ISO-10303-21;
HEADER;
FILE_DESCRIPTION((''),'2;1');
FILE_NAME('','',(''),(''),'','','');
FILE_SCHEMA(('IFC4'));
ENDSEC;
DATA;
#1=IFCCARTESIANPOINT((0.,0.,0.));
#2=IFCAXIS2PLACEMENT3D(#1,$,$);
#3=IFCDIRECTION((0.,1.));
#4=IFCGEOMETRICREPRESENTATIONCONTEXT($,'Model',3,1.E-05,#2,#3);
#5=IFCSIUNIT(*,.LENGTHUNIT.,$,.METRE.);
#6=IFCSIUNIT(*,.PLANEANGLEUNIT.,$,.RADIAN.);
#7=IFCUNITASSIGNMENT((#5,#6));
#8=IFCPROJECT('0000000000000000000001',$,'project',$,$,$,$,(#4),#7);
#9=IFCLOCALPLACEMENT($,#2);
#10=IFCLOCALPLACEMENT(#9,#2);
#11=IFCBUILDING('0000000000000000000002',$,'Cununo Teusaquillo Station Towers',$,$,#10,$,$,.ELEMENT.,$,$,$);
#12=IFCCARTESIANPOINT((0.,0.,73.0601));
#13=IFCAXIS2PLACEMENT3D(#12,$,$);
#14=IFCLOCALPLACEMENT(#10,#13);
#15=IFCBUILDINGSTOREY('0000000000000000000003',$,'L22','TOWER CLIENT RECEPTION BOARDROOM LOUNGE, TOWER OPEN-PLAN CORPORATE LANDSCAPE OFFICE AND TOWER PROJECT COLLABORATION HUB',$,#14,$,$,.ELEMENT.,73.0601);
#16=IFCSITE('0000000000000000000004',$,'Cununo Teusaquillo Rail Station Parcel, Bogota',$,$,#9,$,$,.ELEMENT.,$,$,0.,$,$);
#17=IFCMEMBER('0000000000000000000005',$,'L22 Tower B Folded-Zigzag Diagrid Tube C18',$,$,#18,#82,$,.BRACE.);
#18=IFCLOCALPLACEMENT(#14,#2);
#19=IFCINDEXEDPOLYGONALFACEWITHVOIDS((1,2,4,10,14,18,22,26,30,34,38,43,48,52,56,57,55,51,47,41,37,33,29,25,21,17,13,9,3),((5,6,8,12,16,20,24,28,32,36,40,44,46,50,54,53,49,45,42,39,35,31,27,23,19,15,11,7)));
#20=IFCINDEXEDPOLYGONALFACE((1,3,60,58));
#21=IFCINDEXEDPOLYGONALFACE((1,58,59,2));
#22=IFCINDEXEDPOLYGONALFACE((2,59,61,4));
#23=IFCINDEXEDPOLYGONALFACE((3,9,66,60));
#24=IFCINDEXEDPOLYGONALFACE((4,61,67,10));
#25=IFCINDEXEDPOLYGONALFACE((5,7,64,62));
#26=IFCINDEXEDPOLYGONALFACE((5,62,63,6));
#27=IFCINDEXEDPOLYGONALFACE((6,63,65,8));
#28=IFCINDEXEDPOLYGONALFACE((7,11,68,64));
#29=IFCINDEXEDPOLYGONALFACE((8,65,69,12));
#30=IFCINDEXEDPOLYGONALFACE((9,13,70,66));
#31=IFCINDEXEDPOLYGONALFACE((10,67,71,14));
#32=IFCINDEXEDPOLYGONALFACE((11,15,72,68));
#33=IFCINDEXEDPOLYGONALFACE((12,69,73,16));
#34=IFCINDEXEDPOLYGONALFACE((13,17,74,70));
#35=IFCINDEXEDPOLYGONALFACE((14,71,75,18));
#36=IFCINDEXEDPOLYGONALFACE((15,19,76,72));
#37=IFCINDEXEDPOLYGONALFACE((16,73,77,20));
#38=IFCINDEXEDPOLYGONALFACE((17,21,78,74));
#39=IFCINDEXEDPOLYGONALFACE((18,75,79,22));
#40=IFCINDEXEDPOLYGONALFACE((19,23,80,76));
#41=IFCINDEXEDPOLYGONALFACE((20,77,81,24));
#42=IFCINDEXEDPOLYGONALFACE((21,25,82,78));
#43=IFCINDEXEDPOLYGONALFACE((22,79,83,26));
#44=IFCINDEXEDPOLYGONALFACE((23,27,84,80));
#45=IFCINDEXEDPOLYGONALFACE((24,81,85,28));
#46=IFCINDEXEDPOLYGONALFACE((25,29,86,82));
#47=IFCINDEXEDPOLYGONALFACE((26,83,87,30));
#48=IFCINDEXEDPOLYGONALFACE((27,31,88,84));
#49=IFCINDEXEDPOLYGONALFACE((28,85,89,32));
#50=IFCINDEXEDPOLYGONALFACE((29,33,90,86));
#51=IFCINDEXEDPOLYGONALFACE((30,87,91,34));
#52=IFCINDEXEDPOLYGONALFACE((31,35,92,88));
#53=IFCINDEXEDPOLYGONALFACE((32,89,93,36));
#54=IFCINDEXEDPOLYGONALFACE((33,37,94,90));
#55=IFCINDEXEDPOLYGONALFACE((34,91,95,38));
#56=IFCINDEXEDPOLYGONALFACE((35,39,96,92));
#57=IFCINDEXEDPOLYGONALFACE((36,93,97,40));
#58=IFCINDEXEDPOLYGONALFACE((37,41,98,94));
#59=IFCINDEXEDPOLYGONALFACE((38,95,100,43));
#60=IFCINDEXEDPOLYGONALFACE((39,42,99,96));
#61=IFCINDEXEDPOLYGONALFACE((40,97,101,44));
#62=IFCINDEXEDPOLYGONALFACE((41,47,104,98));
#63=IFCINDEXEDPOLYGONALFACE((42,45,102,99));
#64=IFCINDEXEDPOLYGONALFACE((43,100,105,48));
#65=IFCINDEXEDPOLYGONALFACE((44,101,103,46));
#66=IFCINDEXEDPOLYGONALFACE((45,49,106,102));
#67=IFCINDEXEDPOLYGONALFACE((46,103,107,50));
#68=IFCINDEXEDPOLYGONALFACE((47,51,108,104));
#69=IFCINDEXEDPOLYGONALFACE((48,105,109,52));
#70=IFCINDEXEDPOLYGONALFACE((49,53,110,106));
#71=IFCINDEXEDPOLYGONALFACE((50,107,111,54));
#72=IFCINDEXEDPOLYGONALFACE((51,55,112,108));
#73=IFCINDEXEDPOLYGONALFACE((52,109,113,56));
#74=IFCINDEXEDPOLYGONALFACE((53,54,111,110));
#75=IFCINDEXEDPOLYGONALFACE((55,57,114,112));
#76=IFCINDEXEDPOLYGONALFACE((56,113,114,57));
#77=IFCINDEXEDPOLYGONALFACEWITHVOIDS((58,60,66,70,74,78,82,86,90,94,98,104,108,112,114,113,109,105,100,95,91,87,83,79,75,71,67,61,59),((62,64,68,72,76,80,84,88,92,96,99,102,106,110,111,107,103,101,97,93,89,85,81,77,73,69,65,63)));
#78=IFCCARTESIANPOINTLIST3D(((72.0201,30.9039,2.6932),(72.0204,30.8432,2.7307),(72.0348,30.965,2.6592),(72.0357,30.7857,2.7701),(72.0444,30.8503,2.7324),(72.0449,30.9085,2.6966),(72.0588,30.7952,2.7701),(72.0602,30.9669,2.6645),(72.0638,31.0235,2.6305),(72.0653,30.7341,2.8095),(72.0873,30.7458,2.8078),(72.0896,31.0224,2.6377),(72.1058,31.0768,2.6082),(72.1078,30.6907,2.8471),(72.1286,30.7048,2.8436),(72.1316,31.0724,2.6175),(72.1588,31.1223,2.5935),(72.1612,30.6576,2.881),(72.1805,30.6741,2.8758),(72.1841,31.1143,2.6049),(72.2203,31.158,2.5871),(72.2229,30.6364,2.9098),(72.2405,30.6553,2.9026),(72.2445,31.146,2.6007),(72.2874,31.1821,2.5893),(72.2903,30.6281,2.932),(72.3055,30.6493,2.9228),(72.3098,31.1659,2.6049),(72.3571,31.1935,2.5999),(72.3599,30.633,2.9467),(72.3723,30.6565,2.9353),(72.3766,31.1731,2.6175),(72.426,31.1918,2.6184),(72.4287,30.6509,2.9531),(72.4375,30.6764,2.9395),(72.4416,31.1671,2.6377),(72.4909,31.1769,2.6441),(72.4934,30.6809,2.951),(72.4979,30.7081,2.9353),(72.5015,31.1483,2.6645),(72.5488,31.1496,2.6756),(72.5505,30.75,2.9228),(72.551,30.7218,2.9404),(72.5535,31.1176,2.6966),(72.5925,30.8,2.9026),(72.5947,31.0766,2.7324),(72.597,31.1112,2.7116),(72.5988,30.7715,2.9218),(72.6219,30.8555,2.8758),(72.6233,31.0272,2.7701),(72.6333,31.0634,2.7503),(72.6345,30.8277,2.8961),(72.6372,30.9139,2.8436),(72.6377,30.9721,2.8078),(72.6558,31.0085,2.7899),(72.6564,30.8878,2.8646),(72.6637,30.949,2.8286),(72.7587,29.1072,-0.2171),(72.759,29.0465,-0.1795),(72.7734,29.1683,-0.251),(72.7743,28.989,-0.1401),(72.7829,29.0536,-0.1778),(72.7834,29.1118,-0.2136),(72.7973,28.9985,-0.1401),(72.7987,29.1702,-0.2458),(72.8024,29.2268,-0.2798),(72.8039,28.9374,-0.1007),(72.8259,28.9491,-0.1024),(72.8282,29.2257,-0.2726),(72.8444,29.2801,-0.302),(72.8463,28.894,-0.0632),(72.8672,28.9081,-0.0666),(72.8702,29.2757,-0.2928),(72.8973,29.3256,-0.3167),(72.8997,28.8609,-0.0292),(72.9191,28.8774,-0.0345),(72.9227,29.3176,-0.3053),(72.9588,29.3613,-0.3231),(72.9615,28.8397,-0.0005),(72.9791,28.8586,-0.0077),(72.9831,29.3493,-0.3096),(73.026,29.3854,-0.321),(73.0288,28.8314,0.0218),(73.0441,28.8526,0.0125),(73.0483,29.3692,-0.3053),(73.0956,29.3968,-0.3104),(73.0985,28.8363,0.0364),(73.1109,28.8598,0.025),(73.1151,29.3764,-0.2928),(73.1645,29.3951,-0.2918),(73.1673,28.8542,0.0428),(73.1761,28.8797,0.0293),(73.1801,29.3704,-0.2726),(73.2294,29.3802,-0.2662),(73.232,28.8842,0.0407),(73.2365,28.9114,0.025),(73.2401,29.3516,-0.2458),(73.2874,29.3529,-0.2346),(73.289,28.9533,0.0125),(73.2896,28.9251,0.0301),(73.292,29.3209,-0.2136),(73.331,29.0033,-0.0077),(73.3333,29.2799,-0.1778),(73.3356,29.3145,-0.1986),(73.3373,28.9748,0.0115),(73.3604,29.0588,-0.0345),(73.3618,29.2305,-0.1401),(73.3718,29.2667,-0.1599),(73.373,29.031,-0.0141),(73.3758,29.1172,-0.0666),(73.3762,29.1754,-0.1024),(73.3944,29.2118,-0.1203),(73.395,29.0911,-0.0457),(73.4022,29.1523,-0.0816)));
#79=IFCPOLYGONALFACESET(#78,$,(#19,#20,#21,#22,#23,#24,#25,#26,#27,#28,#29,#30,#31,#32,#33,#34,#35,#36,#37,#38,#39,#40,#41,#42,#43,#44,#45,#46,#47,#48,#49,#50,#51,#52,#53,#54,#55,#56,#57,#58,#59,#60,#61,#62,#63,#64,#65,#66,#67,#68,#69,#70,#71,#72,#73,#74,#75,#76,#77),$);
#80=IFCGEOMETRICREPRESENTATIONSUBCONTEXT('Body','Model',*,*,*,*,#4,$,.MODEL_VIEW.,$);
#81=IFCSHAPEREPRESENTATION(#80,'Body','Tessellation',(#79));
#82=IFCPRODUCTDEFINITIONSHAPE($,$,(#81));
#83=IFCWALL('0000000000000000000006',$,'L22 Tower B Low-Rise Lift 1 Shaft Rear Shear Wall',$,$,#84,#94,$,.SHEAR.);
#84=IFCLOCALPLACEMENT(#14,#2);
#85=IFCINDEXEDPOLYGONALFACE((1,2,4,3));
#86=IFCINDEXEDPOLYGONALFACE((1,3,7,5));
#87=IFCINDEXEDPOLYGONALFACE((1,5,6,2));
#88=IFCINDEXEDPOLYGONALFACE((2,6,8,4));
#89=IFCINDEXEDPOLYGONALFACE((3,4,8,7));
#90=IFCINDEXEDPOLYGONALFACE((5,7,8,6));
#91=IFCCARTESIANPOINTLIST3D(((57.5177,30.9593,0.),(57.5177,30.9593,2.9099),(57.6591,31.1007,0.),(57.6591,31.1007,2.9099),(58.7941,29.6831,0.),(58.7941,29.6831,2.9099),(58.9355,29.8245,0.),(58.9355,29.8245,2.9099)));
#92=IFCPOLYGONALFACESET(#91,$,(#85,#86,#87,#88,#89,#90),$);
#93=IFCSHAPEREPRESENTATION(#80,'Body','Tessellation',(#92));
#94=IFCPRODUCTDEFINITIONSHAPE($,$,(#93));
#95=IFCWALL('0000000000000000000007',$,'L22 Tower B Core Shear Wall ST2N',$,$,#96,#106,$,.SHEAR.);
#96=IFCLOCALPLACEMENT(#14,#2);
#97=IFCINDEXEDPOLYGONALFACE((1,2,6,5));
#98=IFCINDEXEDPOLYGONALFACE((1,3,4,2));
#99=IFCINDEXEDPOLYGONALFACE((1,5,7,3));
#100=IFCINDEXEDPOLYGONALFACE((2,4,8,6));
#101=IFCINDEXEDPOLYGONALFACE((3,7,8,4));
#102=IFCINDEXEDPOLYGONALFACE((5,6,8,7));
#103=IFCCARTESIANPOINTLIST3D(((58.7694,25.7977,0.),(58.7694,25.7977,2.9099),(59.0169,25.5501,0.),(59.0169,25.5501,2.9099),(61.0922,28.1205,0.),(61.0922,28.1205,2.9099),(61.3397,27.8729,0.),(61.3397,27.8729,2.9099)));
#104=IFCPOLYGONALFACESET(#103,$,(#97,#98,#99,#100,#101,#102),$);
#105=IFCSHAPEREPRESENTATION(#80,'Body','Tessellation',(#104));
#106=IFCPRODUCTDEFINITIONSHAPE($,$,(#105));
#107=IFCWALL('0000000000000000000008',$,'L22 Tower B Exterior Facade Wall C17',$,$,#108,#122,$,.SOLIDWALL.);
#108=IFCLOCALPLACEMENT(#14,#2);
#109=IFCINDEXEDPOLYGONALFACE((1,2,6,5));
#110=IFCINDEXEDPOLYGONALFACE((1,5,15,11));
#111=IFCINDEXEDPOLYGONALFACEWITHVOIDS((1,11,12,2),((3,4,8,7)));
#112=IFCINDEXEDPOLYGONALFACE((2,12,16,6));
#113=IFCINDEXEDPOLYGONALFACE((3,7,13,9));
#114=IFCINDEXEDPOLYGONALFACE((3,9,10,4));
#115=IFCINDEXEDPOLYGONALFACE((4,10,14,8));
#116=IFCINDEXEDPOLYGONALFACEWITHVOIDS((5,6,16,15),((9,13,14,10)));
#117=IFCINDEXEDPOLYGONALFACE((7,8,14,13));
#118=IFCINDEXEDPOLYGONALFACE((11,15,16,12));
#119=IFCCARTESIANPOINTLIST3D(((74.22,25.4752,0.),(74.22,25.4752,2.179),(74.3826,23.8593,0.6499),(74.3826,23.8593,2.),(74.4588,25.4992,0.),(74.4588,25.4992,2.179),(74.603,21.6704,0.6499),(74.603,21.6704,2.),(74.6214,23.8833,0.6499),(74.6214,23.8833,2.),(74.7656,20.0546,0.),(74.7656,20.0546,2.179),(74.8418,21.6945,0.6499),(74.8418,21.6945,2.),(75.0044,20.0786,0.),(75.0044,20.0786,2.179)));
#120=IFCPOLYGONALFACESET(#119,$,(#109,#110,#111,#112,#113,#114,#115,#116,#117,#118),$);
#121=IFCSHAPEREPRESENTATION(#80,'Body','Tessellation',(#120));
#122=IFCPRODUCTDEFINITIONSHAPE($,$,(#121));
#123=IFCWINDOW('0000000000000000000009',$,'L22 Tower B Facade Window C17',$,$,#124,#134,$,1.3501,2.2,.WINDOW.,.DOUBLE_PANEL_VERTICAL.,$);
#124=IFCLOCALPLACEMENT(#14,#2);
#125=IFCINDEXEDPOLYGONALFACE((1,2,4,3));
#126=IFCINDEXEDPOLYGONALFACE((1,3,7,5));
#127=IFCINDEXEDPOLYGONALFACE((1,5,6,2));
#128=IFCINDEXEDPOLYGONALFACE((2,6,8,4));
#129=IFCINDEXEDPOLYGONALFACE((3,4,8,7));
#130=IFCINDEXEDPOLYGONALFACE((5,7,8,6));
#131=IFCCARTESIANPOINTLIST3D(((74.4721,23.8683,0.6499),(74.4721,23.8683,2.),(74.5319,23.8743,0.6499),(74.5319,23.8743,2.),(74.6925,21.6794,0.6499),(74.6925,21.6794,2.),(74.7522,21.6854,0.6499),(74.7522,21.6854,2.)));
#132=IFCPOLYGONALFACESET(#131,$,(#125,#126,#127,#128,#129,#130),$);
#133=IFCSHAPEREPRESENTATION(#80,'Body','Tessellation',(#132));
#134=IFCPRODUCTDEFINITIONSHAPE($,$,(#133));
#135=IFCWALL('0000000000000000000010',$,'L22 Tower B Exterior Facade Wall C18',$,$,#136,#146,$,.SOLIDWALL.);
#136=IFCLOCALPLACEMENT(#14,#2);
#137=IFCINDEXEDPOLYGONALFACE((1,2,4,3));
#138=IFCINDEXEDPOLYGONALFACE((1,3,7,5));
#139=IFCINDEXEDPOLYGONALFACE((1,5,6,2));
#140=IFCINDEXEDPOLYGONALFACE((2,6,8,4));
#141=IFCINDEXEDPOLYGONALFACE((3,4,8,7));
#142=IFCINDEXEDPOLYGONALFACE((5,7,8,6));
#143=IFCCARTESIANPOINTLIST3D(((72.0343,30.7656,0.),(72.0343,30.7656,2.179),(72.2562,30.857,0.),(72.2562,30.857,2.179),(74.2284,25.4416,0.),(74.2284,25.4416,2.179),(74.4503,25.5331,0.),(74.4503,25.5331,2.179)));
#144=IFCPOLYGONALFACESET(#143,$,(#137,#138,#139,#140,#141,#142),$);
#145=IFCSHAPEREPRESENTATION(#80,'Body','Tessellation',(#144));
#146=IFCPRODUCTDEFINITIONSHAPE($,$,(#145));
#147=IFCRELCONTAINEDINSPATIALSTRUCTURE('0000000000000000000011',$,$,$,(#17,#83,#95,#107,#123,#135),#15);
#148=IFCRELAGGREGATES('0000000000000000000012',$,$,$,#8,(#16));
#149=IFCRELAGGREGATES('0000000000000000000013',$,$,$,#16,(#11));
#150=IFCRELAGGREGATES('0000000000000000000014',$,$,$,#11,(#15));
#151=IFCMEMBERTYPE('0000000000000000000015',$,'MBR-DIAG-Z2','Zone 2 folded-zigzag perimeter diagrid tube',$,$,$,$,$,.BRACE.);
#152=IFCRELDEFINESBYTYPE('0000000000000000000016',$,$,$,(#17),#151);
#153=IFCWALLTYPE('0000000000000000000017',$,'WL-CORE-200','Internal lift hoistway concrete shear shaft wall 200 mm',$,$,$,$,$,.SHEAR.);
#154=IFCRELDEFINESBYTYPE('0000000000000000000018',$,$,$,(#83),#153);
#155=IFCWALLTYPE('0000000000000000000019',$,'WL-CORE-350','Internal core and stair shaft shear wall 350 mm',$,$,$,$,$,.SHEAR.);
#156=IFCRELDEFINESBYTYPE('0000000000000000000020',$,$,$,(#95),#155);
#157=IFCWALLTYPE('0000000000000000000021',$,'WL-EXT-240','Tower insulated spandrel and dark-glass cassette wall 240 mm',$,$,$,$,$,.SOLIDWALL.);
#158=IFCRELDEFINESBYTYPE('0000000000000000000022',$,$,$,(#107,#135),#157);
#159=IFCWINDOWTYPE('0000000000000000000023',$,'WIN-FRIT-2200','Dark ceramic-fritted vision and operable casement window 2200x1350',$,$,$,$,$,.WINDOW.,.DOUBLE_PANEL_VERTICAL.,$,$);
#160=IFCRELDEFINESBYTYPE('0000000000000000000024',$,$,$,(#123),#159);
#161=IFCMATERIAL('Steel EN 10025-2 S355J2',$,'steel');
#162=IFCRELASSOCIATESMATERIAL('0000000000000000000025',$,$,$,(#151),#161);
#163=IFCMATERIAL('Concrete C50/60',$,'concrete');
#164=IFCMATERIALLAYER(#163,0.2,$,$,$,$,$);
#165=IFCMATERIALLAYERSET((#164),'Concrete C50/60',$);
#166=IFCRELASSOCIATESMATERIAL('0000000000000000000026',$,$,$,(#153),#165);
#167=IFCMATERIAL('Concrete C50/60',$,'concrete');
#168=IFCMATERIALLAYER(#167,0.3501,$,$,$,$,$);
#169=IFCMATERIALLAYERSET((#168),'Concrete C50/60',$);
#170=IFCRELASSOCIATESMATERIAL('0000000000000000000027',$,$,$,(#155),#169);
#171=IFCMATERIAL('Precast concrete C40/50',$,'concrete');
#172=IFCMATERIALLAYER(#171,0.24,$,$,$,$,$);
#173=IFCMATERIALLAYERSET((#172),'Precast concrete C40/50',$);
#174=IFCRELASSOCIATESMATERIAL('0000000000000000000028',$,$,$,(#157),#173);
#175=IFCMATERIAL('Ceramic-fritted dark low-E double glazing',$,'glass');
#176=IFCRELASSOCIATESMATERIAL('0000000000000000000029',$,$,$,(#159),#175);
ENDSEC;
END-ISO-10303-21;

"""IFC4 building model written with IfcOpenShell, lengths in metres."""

from ifc_helpers import new_model, si_unit, direction, frame, frame_2d, origin, origin_2d, place, context, subcontext, project, spatial, rectangle, hollow_circle, extrude, source, transform, mapped, material, layer, layer_set, material_profile, profile_set, type_object, element, fill, save


model = new_model("IFC4")

# Units and contexts
model_context = context("Model", 3, precision=1e-05, world=origin(), true_north=direction((0.0, 1.0)))
body_context = subcontext(model_context, "Body", "Model", "MODEL_VIEW")
ifc_project = project(units=[si_unit("LENGTHUNIT", "METRE"), si_unit("PLANEANGLEUNIT", "RADIAN")], contexts=[model_context])

# Site, building, storey
site_placement = place(None, origin())
site = spatial("IfcSite", under=ifc_project, at=site_placement, Name="Cununo Teusaquillo Rail Station Parcel, Bogota", CompositionType="ELEMENT", RefElevation=0.0)
building_placement = place(site_placement, origin())
building = spatial("IfcBuilding", under=site, at=building_placement, Name="Cununo Teusaquillo Station Towers", CompositionType="ELEMENT")
storey_placement = place(building_placement, frame((0.0, 0.0, 73.0601)))
storey = spatial("IfcBuildingStorey", under=building, at=storey_placement, Name="L22", Description="TOWER CLIENT RECEPTION BOARDROOM LOUNGE, TOWER OPEN-PLAN CORPORATE LANDSCAPE OFFICE AND TOWER PROJECT COLLABORATION HUB", CompositionType="ELEMENT", Elevation=73.0601)

# Member
ifc_material_1 = material(Name="Steel EN 10025-2 S355J2", Category="steel")
ifc_material_profile_1 = material_profile(ifc_material_1, hollow_circle(Radius=0.3301, WallThickness=0.0249, at=origin_2d()), Name="CHS 660x25")
ifc_profile_set_1 = profile_set([ifc_material_profile_1], Name="Steel EN 10025-2 S355J2")
member_type = type_object("IfcMemberType", Name="MBR-DIAG-Z2", Description="Zone 2 folded-zigzag perimeter diagrid tube", PredefinedType="BRACE", material=ifc_profile_set_1)
member_placement = place(storey_placement, frame((73.0796, 29.1145, -0.1401), z_axis=(-0.211074, 0.513484, 0.831734), x_axis=(-0.924907, -0.380193, 0.0)))
element("IfcMember", 1, at=member_placement, inside=storey, type_object=member_type, Name="L22 Tower B Folded-Zigzag Diagrid Tube C18", PredefinedType="BRACE", context=body_context, shape_type="SweptSolid", body=[
    extrude(hollow_circle(Radius=0.3301, WallThickness=0.0249, at=origin_2d()), origin(), (0.0, 0.0, 1.0), 3.499),
])

# Walls
ifc_material_2 = material(Name="Concrete C50/60", Category="concrete")
ifc_layer_1 = layer(ifc_material_2, 0.2)
ifc_layer_set_1 = layer_set([ifc_layer_1], Name="Concrete C50/60")
wall_type_1 = type_object("IfcWallType", Name="WL-CORE-200", Description="Internal lift hoistway concrete shear shaft wall 200 mm", PredefinedType="SHEAR", material=ifc_layer_set_1)
wall_1_placement = place(storey_placement, frame((58.8647, 29.7539, 0.0), z_axis=(0.0, 0.0, 1.0), x_axis=(-0.707174, 0.707039, 0.0)))
element("IfcWall", 2, at=wall_1_placement, inside=storey, type_object=wall_type_1, Name="L22 Tower B Low-Rise Lift 1 Shaft Rear Shear Wall", PredefinedType="SHEAR", context=body_context, shape_type="SweptSolid", body=[
    extrude(rectangle(XDim=1.8049, YDim=0.2, at=frame_2d((0.9023, 0.0))), origin(), (0.0, 0.0, 1.0), 2.9099),
])
ifc_material_3 = material(Name="Concrete C50/60", Category="concrete")
ifc_layer_2 = layer(ifc_material_3, 0.3501)
ifc_layer_set_2 = layer_set([ifc_layer_2], Name="Concrete C50/60")
wall_type_2 = type_object("IfcWallType", Name="WL-CORE-350", Description="Internal core and stair shaft shear wall 350 mm", PredefinedType="SHEAR", material=ifc_layer_set_2)
wall_2_placement = place(storey_placement, frame((58.8931, 25.6738, 0.0), z_axis=(0.0, 0.0, 1.0), x_axis=(0.707107, 0.707107, 0.0)))
element("IfcWall", 3, at=wall_2_placement, inside=storey, type_object=wall_type_2, Name="L22 Tower B Core Shear Wall ST2N", PredefinedType="SHEAR", context=body_context, shape_type="SweptSolid", body=[
    extrude(rectangle(XDim=3.2849, YDim=0.3501, at=frame_2d((1.6426, 0.0))), origin(), (0.0, 0.0, 1.0), 2.9099),
])

# Wall, opening, window
ifc_material_4 = material(Name="Precast concrete C40/50", Category="concrete")
ifc_layer_3 = layer(ifc_material_4, 0.24)
ifc_layer_set_3 = layer_set([ifc_layer_3], Name="Precast concrete C40/50")
wall_type_3 = type_object("IfcWallType", Name="WL-EXT-240", Description="Tower insulated spandrel and dark-glass cassette wall 240 mm", PredefinedType="SOLIDWALL", material=ifc_layer_set_3)
wall_3_placement = place(storey_placement, frame((74.3394, 25.4873, 0.0), z_axis=(0.0, 0.0, 1.0), x_axis=(0.100156, -0.994972, 0.0)))
wall_3 = element("IfcWall", 4, at=wall_3_placement, inside=storey, type_object=wall_type_3, Name="L22 Tower B Exterior Facade Wall C17", PredefinedType="SOLIDWALL", context=body_context, shape_type="SweptSolid", body=[
    extrude(rectangle(XDim=5.448, YDim=0.24, at=frame_2d((2.7241, 0.0))), origin(), (0.0, 0.0, 1.0), 2.179),
])
shared_shape_1 = source(origin(), body_context, "Body", "SweptSolid", [
    extrude(rectangle(XDim=2.2, YDim=1.3501, at=frame_2d((1.1001, 0.675))), frame((0.0, 0.1299, 0.0), z_axis=(0.0, -1.0, 0.0), x_axis=(1.0, 0.0, 0.0)), (0.0, 0.0, 1.0), 0.26),
])
opening_1_placement = place(wall_3_placement, frame((1.624, 0.0, 0.6499)))
opening_1 = element("IfcOpeningElement", 5, at=opening_1_placement, cuts=wall_3, PredefinedType="OPENING", context=body_context, shape_type="MappedRepresentation", body=[
    mapped(shared_shape_1, transform((0.0, 0.0, 0.0), x_axis=(1.0, 0.0, 0.0), y_axis=(0.0, 1.0, 0.0), z_axis=(0.0, 0.0, 1.0), scale=1.0)),
])
ifc_material_5 = material(Name="Ceramic-fritted dark low-E double glazing", Category="glass")
window_type = type_object("IfcWindowType", Name="WIN-FRIT-2200", Description="Dark ceramic-fritted vision and operable casement window 2200x1350", PartitioningType="DOUBLE_PANEL_VERTICAL", PredefinedType="WINDOW", material=ifc_material_5)
shared_shape_2 = source(origin(), body_context, "Body", "SweptSolid", [
    extrude(rectangle(XDim=2.2, YDim=1.3501, at=frame_2d((1.1001, 0.675))), frame((0.0, 0.03, 0.0), z_axis=(0.0, -1.0, 0.0), x_axis=(1.0, 0.0, 0.0)), (0.0, 0.0, 1.0), 0.0601),
])
window_placement = place(opening_1_placement, origin())
window = element("IfcWindow", 6, at=window_placement, inside=storey, type_object=window_type, Name="L22 Tower B Facade Window C17", OverallHeight=1.3501, OverallWidth=2.2, PartitioningType="DOUBLE_PANEL_VERTICAL", PredefinedType="WINDOW", context=body_context, shape_type="MappedRepresentation", body=[
    mapped(shared_shape_2, transform((0.0, 0.0, 0.0), x_axis=(1.0, 0.0, 0.0), y_axis=(0.0, 1.0, 0.0), z_axis=(0.0, 0.0, 1.0), scale=1.0)),
])
fill(opening_1, window)

# Wall
wall_4_placement = place(storey_placement, frame((72.1453, 30.8113, 0.0), z_axis=(0.0, 0.0, 1.0), x_axis=(0.381027, -0.924564, 0.0)))
element("IfcWall", 7, at=wall_4_placement, inside=storey, type_object=wall_type_3, Name="L22 Tower B Exterior Facade Wall C18", PredefinedType="SOLIDWALL", context=body_context, shape_type="SweptSolid", body=[
    extrude(rectangle(XDim=5.7583, YDim=0.24, at=frame_2d((2.8792, 0.0))), origin(), (0.0, 0.0, 1.0), 2.179),
])

save(model, "model.ifc")
